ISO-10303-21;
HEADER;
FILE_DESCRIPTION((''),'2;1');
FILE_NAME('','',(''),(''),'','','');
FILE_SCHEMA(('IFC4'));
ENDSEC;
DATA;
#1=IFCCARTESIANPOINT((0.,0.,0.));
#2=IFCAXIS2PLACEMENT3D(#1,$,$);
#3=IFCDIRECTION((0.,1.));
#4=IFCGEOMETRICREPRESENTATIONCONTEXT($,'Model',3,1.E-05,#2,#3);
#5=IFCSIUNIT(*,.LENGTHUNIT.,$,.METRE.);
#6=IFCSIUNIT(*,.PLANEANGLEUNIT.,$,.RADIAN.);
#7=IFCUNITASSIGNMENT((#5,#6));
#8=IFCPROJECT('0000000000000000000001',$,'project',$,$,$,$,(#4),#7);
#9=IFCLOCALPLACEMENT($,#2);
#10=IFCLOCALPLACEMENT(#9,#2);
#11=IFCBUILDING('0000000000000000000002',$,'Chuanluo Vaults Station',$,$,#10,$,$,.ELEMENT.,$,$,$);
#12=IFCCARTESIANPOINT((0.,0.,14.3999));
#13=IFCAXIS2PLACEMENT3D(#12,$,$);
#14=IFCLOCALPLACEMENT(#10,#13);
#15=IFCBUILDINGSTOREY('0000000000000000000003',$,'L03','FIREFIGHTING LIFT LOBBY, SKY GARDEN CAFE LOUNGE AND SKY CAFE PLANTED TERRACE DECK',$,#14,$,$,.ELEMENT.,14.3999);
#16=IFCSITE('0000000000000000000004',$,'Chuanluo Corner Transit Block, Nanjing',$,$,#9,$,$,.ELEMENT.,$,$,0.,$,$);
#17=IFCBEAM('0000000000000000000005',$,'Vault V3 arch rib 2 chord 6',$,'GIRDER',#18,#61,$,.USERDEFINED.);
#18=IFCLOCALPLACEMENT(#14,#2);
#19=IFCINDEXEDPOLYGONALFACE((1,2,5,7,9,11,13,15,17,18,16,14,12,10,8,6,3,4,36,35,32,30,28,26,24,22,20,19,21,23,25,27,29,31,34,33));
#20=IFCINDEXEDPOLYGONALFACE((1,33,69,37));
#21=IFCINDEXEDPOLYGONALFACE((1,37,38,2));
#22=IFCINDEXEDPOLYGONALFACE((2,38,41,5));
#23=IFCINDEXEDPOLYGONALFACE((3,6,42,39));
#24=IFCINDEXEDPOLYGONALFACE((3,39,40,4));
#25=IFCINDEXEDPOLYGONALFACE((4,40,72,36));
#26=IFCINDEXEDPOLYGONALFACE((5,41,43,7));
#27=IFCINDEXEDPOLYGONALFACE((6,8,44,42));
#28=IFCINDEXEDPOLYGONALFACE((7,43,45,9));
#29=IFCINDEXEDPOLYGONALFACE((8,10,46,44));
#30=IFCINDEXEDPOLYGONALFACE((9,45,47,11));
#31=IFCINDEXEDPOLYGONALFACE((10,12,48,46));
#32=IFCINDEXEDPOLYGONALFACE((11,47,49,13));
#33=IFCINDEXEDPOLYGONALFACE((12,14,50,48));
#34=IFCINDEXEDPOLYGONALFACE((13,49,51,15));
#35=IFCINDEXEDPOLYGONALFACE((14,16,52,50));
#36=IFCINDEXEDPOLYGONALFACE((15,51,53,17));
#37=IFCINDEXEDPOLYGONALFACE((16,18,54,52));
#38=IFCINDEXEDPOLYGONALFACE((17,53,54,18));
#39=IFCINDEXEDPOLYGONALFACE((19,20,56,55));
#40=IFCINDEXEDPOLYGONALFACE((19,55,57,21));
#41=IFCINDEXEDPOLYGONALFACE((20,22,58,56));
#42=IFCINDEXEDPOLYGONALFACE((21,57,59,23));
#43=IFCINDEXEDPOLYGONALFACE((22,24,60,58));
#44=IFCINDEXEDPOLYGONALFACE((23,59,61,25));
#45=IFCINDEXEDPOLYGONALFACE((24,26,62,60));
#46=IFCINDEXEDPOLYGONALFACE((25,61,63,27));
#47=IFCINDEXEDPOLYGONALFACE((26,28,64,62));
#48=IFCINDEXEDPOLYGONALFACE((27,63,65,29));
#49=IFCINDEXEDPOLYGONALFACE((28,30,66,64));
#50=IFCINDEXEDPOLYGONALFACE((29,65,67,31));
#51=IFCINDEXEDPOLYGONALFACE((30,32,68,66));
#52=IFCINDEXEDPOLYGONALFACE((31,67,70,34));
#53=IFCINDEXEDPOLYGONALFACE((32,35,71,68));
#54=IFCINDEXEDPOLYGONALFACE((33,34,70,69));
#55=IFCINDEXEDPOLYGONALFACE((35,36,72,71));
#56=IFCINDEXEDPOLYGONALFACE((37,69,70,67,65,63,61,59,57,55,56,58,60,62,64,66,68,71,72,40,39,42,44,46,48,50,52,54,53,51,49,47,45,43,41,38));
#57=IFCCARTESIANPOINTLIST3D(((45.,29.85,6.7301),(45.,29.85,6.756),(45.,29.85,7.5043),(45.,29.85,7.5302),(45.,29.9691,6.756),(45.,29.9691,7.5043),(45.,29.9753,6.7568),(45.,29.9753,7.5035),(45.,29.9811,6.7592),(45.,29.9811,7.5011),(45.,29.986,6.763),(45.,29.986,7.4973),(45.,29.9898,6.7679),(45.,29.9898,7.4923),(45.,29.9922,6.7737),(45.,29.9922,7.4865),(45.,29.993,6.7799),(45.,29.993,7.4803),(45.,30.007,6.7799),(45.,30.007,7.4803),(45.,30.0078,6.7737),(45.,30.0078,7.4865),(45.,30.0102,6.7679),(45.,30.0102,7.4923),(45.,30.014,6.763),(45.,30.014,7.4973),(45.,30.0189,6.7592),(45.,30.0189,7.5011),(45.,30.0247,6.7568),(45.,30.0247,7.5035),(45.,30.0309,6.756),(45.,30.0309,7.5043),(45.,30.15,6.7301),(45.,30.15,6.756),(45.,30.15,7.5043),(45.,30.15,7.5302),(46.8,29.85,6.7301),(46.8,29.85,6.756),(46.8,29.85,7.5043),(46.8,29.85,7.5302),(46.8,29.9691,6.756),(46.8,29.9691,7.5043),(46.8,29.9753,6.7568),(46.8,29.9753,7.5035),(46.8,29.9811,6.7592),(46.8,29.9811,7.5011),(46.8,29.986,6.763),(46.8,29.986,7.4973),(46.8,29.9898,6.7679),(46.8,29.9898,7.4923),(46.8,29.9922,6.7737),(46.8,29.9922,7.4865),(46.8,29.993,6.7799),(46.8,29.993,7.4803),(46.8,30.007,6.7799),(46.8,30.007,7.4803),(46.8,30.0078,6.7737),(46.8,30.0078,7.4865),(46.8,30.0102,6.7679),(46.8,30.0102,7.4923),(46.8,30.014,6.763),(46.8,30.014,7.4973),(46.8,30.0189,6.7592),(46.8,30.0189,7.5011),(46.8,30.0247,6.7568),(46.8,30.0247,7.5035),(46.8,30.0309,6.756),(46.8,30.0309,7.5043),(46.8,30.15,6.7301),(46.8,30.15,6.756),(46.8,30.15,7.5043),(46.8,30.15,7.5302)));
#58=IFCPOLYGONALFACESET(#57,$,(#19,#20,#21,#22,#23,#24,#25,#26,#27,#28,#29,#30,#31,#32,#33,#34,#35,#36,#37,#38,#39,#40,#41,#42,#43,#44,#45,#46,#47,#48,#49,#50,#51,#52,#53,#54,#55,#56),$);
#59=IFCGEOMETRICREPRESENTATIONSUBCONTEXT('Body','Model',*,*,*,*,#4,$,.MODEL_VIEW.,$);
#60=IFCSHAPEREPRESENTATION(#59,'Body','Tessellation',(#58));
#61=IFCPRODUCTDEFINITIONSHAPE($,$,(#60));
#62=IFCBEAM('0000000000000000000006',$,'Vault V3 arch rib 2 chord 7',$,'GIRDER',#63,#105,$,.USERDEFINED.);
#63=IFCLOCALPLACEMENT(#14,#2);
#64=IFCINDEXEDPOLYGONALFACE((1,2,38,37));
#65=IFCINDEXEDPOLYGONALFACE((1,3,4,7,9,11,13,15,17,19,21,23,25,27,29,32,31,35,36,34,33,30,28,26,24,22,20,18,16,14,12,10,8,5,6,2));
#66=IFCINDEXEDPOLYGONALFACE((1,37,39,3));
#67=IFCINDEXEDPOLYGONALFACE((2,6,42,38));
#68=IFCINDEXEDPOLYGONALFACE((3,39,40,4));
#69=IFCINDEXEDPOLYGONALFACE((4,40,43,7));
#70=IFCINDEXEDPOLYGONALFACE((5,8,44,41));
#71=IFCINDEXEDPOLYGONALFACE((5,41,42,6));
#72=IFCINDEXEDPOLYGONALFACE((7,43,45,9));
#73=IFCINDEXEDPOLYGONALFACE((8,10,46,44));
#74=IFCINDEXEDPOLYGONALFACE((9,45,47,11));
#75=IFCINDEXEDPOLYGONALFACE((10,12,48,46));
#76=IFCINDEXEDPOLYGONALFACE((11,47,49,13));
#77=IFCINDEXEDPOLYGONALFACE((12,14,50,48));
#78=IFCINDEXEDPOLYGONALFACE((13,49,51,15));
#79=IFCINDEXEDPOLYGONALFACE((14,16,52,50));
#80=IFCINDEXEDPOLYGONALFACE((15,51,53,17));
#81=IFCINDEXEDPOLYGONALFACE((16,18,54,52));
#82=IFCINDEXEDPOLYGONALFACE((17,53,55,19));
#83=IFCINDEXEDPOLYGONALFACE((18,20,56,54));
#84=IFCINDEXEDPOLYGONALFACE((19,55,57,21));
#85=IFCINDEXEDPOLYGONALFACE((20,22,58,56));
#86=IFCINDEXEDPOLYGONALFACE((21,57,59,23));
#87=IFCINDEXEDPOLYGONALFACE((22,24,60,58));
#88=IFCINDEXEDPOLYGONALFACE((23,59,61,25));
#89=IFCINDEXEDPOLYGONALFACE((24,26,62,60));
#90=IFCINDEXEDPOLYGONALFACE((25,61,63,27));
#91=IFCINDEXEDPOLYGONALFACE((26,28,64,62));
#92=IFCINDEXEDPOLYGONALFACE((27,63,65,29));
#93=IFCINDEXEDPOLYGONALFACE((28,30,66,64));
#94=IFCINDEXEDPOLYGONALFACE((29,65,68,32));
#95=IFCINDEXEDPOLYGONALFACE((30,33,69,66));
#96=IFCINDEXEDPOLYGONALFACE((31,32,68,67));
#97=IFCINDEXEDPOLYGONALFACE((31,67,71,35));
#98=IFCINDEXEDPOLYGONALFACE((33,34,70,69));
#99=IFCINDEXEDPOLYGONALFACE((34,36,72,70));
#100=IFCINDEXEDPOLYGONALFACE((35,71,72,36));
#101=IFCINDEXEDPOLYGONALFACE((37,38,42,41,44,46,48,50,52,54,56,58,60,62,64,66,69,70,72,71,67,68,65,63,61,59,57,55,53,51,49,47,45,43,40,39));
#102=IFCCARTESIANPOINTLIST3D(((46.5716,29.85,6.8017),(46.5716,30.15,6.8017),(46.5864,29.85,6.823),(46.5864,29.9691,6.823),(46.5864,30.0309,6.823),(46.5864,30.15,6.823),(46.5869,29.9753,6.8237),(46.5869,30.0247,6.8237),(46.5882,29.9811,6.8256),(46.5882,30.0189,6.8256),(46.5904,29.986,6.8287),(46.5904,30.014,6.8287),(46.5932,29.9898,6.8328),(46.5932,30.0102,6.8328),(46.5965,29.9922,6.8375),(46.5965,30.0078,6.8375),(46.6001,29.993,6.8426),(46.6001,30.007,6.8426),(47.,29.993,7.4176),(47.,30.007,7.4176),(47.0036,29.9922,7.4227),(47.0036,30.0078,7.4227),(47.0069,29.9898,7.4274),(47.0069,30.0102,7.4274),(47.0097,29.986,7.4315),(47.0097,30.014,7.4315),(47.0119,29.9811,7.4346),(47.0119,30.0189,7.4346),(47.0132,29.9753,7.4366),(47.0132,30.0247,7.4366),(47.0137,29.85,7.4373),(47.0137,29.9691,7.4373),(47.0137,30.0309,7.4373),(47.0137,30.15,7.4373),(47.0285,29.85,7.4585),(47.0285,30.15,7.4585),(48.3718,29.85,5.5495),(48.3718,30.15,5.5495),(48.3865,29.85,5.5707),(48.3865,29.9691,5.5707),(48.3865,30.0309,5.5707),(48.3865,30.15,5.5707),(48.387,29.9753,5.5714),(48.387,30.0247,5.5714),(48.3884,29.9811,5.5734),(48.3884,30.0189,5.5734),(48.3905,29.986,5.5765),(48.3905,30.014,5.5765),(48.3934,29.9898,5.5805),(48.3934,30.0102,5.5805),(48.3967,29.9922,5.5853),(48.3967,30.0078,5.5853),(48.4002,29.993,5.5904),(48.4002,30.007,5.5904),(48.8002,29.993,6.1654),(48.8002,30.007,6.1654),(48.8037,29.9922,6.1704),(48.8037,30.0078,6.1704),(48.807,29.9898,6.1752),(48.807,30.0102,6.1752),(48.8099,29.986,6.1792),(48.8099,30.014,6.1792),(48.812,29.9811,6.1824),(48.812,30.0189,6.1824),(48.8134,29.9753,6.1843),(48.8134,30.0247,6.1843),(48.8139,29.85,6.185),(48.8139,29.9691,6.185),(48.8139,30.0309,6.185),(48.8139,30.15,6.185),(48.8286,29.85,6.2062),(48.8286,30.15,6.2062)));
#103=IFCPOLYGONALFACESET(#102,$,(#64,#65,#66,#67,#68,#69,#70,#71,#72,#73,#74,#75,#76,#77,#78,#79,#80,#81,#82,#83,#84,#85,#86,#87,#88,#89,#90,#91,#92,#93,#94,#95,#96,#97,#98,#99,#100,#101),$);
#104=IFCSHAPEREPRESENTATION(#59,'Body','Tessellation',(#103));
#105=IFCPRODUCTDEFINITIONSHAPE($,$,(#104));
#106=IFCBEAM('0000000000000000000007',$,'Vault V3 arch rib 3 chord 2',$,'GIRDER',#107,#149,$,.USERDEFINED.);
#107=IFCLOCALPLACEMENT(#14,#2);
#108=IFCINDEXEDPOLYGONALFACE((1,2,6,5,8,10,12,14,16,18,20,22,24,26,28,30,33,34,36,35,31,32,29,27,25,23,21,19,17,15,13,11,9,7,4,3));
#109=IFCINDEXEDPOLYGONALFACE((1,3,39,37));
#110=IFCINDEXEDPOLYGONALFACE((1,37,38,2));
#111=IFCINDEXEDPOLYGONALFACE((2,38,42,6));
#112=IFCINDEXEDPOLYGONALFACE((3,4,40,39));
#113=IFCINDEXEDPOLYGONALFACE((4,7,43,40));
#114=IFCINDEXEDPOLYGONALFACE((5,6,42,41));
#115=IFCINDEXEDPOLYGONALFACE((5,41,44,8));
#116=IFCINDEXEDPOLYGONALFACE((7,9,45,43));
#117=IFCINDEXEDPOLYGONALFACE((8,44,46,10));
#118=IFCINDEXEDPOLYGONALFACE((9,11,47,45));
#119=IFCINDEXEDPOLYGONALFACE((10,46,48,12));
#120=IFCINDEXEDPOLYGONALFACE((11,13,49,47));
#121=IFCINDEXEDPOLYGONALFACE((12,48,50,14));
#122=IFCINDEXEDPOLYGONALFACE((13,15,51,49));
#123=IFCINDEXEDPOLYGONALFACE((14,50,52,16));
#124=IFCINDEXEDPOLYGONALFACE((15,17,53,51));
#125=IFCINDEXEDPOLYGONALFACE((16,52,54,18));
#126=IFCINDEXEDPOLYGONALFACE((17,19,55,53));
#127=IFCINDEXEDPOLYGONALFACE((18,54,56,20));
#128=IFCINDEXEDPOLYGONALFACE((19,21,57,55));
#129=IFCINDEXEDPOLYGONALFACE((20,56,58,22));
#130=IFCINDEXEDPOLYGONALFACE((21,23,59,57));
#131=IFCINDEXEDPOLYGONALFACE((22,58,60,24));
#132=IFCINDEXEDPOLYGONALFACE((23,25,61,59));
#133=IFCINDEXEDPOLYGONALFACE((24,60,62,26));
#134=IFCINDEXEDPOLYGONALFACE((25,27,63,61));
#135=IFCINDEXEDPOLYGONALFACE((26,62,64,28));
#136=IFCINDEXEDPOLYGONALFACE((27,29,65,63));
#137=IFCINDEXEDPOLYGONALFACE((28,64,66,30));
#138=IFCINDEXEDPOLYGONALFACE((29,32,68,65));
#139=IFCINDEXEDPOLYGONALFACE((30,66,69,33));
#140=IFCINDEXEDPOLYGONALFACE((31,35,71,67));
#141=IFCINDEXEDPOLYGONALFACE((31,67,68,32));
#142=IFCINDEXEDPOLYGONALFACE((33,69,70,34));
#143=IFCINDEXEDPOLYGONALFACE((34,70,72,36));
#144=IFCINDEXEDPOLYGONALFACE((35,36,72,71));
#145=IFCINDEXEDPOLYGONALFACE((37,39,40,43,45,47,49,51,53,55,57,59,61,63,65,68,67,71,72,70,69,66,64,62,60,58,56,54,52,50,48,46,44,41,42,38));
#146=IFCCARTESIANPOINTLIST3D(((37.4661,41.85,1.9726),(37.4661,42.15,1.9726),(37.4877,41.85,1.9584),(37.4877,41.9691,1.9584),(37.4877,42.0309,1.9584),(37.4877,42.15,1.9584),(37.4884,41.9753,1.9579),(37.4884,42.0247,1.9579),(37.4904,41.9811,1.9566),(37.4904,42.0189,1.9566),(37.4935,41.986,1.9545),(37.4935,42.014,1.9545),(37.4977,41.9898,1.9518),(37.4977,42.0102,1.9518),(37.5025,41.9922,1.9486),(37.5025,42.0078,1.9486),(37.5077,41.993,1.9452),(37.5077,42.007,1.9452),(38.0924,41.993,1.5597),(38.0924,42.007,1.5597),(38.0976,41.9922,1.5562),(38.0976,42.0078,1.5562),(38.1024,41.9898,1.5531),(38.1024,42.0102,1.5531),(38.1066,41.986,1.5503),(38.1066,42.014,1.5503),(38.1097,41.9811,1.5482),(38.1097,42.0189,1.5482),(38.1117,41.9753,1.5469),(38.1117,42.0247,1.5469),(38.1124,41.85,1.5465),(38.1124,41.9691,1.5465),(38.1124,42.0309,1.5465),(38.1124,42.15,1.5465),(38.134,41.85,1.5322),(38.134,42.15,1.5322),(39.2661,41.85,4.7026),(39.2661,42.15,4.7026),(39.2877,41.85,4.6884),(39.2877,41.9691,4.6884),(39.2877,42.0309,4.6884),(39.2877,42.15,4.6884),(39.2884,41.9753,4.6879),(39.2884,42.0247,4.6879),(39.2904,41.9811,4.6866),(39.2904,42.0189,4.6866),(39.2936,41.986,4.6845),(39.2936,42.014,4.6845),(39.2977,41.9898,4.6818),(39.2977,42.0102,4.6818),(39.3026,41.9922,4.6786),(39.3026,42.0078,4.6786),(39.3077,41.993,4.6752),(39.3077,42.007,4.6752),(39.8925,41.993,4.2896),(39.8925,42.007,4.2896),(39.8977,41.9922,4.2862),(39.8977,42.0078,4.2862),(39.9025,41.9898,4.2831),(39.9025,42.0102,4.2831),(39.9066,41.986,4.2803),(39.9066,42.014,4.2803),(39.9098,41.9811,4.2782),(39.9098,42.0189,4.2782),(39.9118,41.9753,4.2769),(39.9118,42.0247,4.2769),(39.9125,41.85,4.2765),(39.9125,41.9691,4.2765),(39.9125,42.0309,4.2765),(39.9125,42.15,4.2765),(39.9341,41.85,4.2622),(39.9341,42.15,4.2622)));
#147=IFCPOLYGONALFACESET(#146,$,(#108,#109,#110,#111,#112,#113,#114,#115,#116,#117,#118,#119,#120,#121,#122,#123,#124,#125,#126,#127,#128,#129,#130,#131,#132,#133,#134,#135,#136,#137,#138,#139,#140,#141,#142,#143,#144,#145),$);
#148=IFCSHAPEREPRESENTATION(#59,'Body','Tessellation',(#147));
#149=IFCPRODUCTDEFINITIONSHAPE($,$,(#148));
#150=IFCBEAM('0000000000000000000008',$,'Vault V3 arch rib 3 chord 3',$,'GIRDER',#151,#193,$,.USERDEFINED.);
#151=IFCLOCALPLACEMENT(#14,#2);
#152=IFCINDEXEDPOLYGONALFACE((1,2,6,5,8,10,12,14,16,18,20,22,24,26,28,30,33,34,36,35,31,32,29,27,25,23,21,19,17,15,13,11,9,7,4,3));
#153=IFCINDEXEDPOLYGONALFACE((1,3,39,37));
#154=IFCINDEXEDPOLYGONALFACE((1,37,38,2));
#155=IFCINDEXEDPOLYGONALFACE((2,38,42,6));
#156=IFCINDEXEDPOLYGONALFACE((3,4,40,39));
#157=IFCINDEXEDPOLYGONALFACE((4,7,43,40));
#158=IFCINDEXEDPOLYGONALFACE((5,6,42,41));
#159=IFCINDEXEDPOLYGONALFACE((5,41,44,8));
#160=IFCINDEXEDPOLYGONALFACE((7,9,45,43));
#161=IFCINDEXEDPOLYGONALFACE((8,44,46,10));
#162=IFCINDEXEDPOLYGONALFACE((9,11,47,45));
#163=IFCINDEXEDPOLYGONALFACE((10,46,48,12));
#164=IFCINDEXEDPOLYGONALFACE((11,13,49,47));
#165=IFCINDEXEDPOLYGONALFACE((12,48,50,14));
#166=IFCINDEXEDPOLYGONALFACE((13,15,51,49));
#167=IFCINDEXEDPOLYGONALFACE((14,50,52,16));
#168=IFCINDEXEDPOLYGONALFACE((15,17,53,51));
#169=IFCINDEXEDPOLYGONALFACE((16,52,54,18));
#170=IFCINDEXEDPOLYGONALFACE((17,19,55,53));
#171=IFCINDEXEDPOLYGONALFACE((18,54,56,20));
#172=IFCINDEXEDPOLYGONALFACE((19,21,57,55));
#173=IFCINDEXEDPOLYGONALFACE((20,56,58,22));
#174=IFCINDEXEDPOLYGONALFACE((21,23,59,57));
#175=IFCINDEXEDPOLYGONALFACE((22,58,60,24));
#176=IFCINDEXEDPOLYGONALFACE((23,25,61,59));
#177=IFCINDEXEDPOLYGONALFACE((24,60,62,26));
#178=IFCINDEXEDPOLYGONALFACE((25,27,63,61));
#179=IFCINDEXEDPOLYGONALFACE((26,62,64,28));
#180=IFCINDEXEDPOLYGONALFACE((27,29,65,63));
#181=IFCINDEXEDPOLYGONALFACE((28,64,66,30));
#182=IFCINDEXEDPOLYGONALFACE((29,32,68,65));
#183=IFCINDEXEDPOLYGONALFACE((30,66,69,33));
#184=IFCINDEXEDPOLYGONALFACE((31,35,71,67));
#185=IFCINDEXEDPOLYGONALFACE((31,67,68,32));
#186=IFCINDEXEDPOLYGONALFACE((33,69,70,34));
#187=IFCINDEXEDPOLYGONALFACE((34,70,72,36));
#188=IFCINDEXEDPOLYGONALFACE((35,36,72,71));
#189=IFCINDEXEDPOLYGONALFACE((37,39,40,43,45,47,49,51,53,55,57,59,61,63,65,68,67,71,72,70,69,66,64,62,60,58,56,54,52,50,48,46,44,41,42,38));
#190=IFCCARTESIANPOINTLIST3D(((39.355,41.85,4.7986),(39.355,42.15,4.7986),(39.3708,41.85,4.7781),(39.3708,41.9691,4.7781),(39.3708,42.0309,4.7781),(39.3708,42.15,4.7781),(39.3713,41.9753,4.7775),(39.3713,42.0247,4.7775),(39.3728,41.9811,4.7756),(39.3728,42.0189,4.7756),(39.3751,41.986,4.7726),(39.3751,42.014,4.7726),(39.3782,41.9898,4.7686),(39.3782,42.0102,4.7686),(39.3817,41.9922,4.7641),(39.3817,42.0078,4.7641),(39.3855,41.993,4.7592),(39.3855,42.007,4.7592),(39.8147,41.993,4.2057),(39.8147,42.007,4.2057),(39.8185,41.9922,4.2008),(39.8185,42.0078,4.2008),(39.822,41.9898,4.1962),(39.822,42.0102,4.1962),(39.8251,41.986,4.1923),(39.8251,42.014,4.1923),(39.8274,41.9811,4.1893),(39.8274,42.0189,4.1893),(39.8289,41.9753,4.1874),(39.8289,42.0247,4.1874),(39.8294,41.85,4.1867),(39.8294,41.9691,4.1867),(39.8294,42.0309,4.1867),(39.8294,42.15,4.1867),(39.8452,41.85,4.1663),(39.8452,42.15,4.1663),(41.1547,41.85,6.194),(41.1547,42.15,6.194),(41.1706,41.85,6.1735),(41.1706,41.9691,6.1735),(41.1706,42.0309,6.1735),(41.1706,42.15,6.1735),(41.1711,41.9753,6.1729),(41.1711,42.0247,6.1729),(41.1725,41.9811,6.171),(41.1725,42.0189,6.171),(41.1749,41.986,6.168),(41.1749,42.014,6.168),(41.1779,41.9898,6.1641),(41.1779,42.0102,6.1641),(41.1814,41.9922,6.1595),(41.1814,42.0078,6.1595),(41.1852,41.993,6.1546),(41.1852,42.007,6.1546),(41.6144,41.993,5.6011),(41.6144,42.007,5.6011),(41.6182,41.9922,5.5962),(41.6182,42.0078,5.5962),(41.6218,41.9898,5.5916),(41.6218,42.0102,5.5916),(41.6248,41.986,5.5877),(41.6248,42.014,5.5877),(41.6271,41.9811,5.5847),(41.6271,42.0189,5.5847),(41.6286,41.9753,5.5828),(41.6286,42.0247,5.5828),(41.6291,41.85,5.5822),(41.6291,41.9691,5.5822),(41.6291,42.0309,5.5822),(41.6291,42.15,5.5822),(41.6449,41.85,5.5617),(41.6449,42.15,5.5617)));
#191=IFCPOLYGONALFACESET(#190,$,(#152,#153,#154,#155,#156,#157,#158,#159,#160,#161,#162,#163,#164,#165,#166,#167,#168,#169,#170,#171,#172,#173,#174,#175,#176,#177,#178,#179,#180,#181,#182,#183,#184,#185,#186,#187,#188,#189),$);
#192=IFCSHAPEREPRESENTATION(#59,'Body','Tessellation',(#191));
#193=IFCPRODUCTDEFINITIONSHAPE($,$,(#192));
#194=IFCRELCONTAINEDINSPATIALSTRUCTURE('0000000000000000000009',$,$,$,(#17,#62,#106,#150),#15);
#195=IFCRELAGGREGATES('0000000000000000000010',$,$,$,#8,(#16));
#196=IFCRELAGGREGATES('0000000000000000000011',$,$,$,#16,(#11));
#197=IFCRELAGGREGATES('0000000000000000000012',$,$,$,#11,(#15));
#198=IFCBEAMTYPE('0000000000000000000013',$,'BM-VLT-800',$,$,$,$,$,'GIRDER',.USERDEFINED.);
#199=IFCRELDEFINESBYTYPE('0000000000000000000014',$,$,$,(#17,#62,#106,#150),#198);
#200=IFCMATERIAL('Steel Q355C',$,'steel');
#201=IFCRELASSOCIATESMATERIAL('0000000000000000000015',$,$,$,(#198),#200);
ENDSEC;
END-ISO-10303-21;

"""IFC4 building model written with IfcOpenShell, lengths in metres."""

from ifc_helpers import new_model, si_unit, direction, frame, origin, origin_2d, place, context, subcontext, project, spatial, i_section, extrude, material, material_profile, profile_set, type_object, element, save


model = new_model("IFC4")

# Units and contexts
model_context = context("Model", 3, precision=1e-05, world=origin(), true_north=direction((0.0, 1.0)))
body_context = subcontext(model_context, "Body", "Model", "MODEL_VIEW")
ifc_project = project(units=[si_unit("LENGTHUNIT", "METRE"), si_unit("PLANEANGLEUNIT", "RADIAN")], contexts=[model_context])

# Site, building, storey
site_placement = place(None, origin())
site = spatial("IfcSite", under=ifc_project, at=site_placement, Name="Chuanluo Corner Transit Block, Nanjing", CompositionType="ELEMENT", RefElevation=0.0)
building_placement = place(site_placement, origin())
building = spatial("IfcBuilding", under=site, at=building_placement, Name="Chuanluo Vaults Station", CompositionType="ELEMENT")
storey_placement = place(building_placement, frame((0.0, 0.0, 14.3999)))
storey = spatial("IfcBuildingStorey", under=building, at=storey_placement, Name="L03", Description="FIREFIGHTING LIFT LOBBY, SKY GARDEN CAFE LOUNGE AND SKY CAFE PLANTED TERRACE DECK", CompositionType="ELEMENT", Elevation=14.3999)

# Beams
ifc_material_1 = material(Name="Steel Q355C", Category="steel")
ifc_material_profile_1 = material_profile(ifc_material_1, i_section(OverallWidth=0.3, OverallDepth=0.8, WebThickness=0.0139, FlangeThickness=0.0259, FilletRadius=0.0239, at=origin_2d()))
ifc_profile_set_1 = profile_set([ifc_material_profile_1], Name="Steel Q355C")
beam_type = type_object("IfcBeamType", Name="BM-VLT-800", ElementType="GIRDER", PredefinedType="USERDEFINED", material=ifc_profile_set_1)
for number, where, z_axis, x_axis, name in (
    (1, (45.0, 30.0, 7.1301), (1.0, 0.0, 0.0), (0.0, 1.0, 0.0), "Vault V3 arch rib 2 chord 6"),
):
    element("IfcBeam", number, at=place(storey_placement, frame(where, z_axis=z_axis, x_axis=x_axis)), inside=storey, type_object=beam_type, Name=name, ObjectType="GIRDER", PredefinedType="USERDEFINED", context=body_context, shape_type="SweptSolid", body=[
        extrude(i_section(OverallWidth=0.3, OverallDepth=0.8, WebThickness=0.0139, FlangeThickness=0.0259, FilletRadius=0.0239, at=origin_2d()), origin(), (0.0, 0.0, 1.0), 1.8),
    ])
beam_1_placement = place(storey_placement, frame((46.8, 30.0, 7.1301), z_axis=(0.820907, 0.0, -0.571061), x_axis=(0.0, 1.0, 0.0)))
element("IfcBeam", 2, at=beam_1_placement, inside=storey, type_object=beam_type, Name="Vault V3 arch rib 2 chord 7", ObjectType="GIRDER", PredefinedType="USERDEFINED", context=body_context, shape_type="SweptSolid", body=[
    extrude(i_section(OverallWidth=0.3, OverallDepth=0.8, WebThickness=0.0139, FlangeThickness=0.0259, FilletRadius=0.0239, at=origin_2d()), origin(), (0.0, 0.0, 1.0), 2.1929),
])
beam_2_placement = place(storey_placement, frame((37.8, 42.0, 1.7524), z_axis=(0.550472, 0.0, 0.834854), x_axis=(0.0, 1.0, 0.0)))
element("IfcBeam", 3, at=beam_2_placement, inside=storey, type_object=beam_type, Name="Vault V3 arch rib 3 chord 2", ObjectType="GIRDER", PredefinedType="USERDEFINED", context=body_context, shape_type="SweptSolid", body=[
    extrude(i_section(OverallWidth=0.3, OverallDepth=0.8, WebThickness=0.0139, FlangeThickness=0.0259, FilletRadius=0.0239, at=origin_2d()), origin(), (0.0, 0.0, 1.0), 3.27),
])
beam_3_placement = place(storey_placement, frame((39.6001, 42.0, 4.4824), z_axis=(0.790275, 0.0, 0.612752), x_axis=(0.0, 1.0, 0.0)))
element("IfcBeam", 4, at=beam_3_placement, inside=storey, type_object=beam_type, Name="Vault V3 arch rib 3 chord 3", ObjectType="GIRDER", PredefinedType="USERDEFINED", context=body_context, shape_type="SweptSolid", body=[
    extrude(i_section(OverallWidth=0.3, OverallDepth=0.8, WebThickness=0.0139, FlangeThickness=0.0259, FilletRadius=0.0239, at=origin_2d()), origin(), (0.0, 0.0, 1.0), 2.2773),
])

save(model, "model.ifc")
